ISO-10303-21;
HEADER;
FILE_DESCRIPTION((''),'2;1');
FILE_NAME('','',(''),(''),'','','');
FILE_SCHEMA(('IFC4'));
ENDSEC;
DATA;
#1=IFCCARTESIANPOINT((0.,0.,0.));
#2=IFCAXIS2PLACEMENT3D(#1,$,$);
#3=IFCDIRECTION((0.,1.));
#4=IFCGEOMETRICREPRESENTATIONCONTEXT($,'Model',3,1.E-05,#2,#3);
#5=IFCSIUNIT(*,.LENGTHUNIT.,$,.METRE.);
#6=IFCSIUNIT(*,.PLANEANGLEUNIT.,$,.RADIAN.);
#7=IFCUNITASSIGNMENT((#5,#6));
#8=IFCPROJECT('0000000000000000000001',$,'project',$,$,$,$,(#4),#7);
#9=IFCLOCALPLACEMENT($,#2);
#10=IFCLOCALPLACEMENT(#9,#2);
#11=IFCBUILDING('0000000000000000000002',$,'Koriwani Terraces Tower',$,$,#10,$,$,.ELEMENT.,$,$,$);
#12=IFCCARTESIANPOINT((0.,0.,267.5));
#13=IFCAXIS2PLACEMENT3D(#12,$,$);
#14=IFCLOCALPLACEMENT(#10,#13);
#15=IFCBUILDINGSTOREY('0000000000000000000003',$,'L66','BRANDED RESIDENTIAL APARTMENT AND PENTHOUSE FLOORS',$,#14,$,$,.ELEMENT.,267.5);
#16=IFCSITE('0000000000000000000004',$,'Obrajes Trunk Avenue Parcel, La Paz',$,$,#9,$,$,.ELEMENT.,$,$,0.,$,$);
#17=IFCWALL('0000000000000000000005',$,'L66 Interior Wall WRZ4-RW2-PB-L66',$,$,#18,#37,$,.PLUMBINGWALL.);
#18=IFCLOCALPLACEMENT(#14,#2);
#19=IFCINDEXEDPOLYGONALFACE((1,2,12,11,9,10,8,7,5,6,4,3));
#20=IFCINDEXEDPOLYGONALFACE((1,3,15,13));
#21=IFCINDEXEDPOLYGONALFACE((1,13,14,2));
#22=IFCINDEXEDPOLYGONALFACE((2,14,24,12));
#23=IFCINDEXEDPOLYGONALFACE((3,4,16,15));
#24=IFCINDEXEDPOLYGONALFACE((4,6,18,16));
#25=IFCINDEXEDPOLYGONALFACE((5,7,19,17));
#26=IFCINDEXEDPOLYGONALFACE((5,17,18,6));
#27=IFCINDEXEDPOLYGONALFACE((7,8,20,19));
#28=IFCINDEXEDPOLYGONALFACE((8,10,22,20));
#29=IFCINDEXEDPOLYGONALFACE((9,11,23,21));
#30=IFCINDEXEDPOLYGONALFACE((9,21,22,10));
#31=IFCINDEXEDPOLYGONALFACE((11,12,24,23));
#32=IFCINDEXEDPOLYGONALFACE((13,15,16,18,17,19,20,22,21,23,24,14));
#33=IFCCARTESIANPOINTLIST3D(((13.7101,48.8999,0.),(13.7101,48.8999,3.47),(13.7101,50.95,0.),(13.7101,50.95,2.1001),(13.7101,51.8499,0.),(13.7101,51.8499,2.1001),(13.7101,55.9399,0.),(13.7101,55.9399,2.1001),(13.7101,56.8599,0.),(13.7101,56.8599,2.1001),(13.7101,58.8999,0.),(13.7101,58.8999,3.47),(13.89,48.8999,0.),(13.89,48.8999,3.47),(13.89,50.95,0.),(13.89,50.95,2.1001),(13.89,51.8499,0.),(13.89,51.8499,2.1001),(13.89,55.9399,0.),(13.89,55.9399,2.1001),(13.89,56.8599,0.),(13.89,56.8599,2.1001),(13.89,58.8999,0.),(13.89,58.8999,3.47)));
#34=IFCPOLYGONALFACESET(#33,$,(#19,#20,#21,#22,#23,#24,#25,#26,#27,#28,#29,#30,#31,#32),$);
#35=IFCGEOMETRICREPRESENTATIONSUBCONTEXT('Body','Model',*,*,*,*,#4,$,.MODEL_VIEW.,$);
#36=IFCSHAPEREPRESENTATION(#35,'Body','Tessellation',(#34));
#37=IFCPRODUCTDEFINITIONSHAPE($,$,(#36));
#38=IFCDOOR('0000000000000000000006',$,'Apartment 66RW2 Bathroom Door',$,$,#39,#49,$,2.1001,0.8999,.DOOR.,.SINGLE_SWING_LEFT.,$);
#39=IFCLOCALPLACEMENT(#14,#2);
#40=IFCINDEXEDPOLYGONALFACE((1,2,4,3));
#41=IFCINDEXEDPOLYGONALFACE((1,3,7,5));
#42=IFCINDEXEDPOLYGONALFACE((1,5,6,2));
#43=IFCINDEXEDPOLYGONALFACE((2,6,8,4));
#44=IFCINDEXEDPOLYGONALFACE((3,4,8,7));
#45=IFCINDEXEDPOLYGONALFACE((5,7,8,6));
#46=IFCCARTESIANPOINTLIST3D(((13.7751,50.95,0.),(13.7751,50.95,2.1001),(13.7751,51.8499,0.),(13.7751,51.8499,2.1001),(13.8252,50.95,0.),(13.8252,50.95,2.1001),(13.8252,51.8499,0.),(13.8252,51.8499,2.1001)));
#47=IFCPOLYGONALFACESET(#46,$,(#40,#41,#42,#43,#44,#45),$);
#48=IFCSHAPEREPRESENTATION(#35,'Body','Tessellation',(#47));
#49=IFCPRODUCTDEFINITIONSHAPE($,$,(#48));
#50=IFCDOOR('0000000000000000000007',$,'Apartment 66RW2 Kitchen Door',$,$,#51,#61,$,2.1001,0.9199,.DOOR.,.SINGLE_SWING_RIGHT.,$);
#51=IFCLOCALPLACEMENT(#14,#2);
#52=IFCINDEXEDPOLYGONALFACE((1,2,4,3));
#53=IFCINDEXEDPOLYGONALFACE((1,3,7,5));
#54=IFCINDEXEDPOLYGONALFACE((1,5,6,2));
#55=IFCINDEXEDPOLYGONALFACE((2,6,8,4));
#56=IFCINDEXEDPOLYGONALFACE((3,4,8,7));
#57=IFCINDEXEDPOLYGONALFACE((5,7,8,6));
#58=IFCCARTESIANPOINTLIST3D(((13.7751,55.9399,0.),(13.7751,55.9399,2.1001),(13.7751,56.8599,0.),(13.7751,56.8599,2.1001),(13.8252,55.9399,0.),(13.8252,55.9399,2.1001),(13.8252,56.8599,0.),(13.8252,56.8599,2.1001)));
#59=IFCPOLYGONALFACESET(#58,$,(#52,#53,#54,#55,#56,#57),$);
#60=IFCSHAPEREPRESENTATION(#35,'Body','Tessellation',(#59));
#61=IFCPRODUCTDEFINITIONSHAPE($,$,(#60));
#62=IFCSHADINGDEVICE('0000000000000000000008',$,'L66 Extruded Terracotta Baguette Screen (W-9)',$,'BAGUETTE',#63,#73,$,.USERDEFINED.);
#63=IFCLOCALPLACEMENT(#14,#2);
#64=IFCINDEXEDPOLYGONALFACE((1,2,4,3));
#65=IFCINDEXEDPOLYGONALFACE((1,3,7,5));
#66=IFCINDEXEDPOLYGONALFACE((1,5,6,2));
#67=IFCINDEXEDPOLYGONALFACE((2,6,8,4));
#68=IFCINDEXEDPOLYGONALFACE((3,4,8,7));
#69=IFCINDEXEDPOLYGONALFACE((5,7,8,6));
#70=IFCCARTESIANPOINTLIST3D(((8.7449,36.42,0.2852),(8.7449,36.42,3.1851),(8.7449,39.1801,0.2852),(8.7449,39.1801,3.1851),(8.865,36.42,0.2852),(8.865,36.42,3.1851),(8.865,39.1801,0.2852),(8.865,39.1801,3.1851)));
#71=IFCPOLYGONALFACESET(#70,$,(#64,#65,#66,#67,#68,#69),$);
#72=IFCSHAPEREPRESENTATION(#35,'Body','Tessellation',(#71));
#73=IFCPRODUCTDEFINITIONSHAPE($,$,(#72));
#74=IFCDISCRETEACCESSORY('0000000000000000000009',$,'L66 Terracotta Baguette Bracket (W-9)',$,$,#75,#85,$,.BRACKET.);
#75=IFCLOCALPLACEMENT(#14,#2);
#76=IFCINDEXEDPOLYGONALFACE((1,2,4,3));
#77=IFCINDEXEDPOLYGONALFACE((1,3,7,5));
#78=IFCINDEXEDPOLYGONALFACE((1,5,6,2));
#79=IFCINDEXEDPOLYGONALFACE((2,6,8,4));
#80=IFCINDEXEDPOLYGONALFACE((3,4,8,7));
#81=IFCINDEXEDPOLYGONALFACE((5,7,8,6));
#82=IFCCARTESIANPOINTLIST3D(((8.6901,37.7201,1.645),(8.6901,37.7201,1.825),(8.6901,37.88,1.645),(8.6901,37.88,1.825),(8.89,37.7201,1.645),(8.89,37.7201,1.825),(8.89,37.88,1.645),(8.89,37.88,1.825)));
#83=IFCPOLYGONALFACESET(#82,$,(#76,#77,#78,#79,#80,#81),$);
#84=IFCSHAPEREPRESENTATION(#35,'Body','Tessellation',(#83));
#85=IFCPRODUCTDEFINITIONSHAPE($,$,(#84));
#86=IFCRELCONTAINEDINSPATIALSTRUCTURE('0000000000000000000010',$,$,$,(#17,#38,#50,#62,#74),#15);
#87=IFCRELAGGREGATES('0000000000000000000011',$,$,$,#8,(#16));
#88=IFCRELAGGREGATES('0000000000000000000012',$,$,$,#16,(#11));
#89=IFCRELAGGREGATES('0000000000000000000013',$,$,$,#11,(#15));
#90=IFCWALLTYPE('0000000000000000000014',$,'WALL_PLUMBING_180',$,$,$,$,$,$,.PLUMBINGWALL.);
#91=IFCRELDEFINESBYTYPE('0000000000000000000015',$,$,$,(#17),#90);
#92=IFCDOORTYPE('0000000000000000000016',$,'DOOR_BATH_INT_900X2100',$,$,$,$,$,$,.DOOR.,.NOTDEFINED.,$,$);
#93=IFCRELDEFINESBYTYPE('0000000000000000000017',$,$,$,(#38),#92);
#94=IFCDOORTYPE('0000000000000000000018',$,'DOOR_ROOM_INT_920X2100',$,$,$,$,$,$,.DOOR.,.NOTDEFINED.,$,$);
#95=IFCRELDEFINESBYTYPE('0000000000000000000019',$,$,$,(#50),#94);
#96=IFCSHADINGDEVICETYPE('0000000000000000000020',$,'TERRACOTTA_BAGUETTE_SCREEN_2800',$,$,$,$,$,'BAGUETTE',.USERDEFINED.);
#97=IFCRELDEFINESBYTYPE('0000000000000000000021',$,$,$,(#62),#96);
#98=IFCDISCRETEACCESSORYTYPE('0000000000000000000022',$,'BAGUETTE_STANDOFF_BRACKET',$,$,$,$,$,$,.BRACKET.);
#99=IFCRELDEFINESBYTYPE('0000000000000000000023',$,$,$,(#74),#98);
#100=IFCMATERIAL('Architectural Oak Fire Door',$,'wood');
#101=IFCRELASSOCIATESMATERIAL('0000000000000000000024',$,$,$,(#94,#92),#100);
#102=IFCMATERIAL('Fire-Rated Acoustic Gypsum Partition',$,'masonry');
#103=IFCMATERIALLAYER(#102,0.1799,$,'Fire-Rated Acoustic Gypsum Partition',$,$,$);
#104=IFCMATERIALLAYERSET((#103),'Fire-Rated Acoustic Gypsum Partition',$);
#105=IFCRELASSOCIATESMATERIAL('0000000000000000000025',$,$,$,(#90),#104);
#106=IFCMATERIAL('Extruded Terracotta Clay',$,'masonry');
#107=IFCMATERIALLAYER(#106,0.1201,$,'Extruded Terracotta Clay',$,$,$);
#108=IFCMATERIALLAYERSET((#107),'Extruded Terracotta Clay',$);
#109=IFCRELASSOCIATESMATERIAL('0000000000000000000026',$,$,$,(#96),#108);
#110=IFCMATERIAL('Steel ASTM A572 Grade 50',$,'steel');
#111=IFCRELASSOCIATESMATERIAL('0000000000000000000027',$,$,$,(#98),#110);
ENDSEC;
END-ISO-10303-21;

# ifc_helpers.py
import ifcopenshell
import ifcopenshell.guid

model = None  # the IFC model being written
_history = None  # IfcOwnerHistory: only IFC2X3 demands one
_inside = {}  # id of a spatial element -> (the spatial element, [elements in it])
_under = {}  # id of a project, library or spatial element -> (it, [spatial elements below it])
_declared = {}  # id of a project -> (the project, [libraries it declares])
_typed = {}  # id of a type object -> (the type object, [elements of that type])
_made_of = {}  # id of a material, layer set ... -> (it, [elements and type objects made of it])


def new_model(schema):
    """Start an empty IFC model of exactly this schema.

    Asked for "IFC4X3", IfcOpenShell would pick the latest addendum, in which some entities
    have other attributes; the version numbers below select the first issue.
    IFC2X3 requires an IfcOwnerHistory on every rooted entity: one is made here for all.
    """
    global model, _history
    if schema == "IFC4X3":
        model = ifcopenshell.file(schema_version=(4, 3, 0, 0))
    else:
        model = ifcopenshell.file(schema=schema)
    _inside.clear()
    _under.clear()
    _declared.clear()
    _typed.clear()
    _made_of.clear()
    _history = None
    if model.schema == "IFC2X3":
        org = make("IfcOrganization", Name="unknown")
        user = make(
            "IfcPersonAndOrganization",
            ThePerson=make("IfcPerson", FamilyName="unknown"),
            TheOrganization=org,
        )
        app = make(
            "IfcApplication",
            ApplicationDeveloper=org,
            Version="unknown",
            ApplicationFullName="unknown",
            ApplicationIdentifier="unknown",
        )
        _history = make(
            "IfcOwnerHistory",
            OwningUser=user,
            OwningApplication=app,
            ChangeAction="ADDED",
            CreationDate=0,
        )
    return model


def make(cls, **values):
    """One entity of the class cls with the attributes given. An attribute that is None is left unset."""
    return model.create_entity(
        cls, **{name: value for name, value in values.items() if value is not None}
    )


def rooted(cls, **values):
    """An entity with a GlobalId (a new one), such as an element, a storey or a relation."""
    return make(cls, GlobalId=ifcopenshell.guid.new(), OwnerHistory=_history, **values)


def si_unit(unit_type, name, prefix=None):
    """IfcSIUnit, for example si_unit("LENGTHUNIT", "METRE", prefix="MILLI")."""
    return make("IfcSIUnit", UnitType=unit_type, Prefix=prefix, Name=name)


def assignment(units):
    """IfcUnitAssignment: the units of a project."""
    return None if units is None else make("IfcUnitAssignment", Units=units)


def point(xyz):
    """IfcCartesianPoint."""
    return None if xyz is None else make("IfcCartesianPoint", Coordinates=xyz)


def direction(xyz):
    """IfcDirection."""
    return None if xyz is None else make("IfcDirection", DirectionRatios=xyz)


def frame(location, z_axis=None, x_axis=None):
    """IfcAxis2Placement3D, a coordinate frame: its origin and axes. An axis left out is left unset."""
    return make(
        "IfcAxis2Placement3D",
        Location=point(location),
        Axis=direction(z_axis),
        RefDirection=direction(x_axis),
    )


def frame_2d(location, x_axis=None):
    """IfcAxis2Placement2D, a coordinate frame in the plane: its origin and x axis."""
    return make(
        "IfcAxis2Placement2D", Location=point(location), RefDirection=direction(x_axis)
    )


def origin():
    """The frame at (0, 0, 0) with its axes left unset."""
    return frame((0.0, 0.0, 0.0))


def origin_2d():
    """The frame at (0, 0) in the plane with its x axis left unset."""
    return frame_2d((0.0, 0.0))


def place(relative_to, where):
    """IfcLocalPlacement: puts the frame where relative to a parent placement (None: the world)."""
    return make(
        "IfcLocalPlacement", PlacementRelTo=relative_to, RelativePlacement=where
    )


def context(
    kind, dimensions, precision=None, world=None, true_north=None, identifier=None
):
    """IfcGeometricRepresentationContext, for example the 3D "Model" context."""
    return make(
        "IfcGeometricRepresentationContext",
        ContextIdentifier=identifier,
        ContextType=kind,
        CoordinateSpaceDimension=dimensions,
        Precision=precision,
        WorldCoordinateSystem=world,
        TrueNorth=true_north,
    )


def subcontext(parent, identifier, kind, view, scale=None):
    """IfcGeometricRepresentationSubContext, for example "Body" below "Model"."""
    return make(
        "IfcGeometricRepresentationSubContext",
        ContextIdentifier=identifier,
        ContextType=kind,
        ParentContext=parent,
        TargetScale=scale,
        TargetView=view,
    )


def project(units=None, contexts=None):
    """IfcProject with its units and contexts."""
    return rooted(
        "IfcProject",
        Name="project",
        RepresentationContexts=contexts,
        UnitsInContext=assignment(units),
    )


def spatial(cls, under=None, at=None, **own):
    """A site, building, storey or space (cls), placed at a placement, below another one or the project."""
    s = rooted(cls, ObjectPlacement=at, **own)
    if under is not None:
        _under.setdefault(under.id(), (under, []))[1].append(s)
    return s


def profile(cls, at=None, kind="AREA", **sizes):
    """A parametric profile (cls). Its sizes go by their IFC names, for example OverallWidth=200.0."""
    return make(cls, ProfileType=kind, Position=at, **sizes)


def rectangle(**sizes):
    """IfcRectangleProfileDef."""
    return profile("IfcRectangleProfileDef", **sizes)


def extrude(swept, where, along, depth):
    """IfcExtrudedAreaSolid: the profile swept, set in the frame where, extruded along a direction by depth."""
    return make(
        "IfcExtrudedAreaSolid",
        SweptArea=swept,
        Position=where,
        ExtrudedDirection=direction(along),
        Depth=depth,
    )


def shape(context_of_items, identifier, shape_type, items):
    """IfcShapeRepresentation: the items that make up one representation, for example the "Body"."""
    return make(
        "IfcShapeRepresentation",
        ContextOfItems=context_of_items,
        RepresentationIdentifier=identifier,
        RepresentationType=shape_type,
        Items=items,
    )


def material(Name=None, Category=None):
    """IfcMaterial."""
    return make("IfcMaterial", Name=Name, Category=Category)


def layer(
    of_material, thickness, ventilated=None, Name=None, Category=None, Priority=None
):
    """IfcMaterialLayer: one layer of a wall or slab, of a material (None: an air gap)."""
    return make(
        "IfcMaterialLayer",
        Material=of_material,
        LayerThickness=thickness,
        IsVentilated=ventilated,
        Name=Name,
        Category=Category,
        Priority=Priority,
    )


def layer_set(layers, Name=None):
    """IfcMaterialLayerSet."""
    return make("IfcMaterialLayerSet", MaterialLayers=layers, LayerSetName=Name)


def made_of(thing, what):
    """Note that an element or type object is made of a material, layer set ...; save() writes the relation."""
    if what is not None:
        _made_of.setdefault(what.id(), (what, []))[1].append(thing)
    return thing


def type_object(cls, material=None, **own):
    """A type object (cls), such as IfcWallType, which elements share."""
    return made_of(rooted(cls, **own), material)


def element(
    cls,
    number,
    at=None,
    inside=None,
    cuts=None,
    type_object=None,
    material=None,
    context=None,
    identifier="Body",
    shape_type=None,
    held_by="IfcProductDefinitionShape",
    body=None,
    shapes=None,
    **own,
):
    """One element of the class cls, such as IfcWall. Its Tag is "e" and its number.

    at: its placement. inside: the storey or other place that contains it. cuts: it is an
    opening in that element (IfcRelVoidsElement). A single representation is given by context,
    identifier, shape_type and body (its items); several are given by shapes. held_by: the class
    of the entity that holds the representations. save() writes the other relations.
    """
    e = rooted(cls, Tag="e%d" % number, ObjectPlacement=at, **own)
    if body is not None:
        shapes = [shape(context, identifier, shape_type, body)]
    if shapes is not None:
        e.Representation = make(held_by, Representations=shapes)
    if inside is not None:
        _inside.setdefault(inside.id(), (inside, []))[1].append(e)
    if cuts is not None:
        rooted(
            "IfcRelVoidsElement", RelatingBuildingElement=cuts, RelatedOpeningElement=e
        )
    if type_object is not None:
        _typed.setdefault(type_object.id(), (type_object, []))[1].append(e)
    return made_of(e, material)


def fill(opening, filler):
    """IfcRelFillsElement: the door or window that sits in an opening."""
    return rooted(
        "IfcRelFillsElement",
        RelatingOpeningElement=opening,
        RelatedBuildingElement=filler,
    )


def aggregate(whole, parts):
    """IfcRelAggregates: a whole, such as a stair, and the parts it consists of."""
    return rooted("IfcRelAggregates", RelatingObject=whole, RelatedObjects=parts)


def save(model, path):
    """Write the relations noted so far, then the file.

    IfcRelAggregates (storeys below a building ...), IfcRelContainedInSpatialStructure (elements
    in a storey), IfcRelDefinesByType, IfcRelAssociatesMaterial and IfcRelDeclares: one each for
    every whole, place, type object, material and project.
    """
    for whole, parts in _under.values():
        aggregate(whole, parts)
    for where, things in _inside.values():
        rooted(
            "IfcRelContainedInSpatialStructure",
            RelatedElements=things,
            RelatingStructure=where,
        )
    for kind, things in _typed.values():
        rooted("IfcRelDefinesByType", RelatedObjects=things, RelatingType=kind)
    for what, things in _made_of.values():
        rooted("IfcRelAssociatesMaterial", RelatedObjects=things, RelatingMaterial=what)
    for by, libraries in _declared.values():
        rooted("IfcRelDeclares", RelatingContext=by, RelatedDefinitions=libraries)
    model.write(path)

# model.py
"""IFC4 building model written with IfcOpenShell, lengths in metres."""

from ifc_helpers import new_model, si_unit, direction, frame, frame_2d, origin, origin_2d, place, context, subcontext, project, spatial, rectangle, extrude, material, layer, layer_set, type_object, element, fill, save


model = new_model("IFC4")

# Units and contexts
model_context = context("Model", 3, precision=1e-05, world=origin(), true_north=direction((0.0, 1.0)))
body_context = subcontext(model_context, "Body", "Model", "MODEL_VIEW")
ifc_project = project(units=[si_unit("LENGTHUNIT", "METRE"), si_unit("PLANEANGLEUNIT", "RADIAN")], contexts=[model_context])

# Site, building, storey
site_placement = place(None, origin())
site = spatial("IfcSite", under=ifc_project, at=site_placement, Name="Obrajes Trunk Avenue Parcel, La Paz", CompositionType="ELEMENT", RefElevation=0.0)
building_placement = place(site_placement, origin())
building = spatial("IfcBuilding", under=site, at=building_placement, Name="Koriwani Terraces Tower", CompositionType="ELEMENT")
storey_placement = place(building_placement, frame((0.0, 0.0, 267.5)))
storey = spatial("IfcBuildingStorey", under=building, at=storey_placement, Name="L66", Description="BRANDED RESIDENTIAL APARTMENT AND PENTHOUSE FLOORS", CompositionType="ELEMENT", Elevation=267.5)

# Shared definitions
ifc_material_1 = material(Name="Steel ASTM A572 Grade 50", Category="steel")

# Shared definitions
ifc_material_2 = material(Name="Architectural Oak Fire Door", Category="wood")

# Shared definitions
ifc_material_3 = material(Name="Fire-Rated Acoustic Gypsum Partition", Category="masonry")
door_type_1 = type_object("IfcDoorType", Name="DOOR_ROOM_INT_920X2100", OperationType="NOTDEFINED", PredefinedType="DOOR", material=ifc_material_2)

# Shared definitions
ifc_layer_1 = layer(ifc_material_3, 0.1799, Name="Fire-Rated Acoustic Gypsum Partition")
ifc_layer_set_1 = layer_set([ifc_layer_1], Name="Fire-Rated Acoustic Gypsum Partition")
wall_type_1 = type_object("IfcWallType", Name="WALL_PLUMBING_180", PredefinedType="PLUMBINGWALL", material=ifc_layer_set_1)
door_type_2 = type_object("IfcDoorType", Name="DOOR_BATH_INT_900X2100", OperationType="NOTDEFINED", PredefinedType="DOOR", material=ifc_material_2)

# Wall, openings, doors
wall_1_placement = place(storey_placement, frame((13.8, 48.8999, 0.0), z_axis=(0.0, 0.0, 1.0), x_axis=(0.0, 1.0, 0.0)))
wall_1 = element("IfcWall", 1, at=wall_1_placement, inside=storey, type_object=wall_type_1, Name="L66 Interior Wall WRZ4-RW2-PB-L66", PredefinedType="PLUMBINGWALL", context=body_context, shape_type="SweptSolid", body=[
    extrude(rectangle(XDim=10.0, YDim=0.1799, at=frame_2d((5.0, 0.0))), origin(), (0.0, 0.0, 1.0), 3.47),
])
opening_1_placement = place(wall_1_placement, frame((2.05, 0.0, 0.0)))
opening_1 = element("IfcOpeningElement", 2, at=opening_1_placement, cuts=wall_1, PredefinedType="OPENING", context=body_context, shape_type="SweptSolid", body=[
    extrude(rectangle(XDim=0.8999, YDim=2.1001, at=frame_2d((0.45, 1.05))), frame((0.0, 0.1001, 0.0), z_axis=(0.0, -1.0, 0.0), x_axis=(1.0, 0.0, 0.0)), (0.0, 0.0, 1.0), 0.2),
])
opening_2_placement = place(wall_1_placement, frame((7.04, 0.0, 0.0)))
opening_2 = element("IfcOpeningElement", 3, at=opening_2_placement, cuts=wall_1, PredefinedType="OPENING", context=body_context, shape_type="SweptSolid", body=[
    extrude(rectangle(XDim=0.9199, YDim=2.1001, at=frame_2d((0.46, 1.05))), frame((0.0, 0.1001, 0.0), z_axis=(0.0, -1.0, 0.0), x_axis=(1.0, 0.0, 0.0)), (0.0, 0.0, 1.0), 0.2),
])
door_1_placement = place(opening_1_placement, origin())
door_1 = element("IfcDoor", 4, at=door_1_placement, inside=storey, type_object=door_type_2, Name="Apartment 66RW2 Bathroom Door", OperationType="SINGLE_SWING_LEFT", OverallHeight=2.1001, OverallWidth=0.8999, PredefinedType="DOOR", context=body_context, shape_type="SweptSolid", body=[
    extrude(rectangle(XDim=0.8999, YDim=2.1001, at=frame_2d((0.45, 1.05))), frame((0.0, 0.0249, 0.0), z_axis=(0.0, -1.0, 0.0), x_axis=(1.0, 0.0, 0.0)), (0.0, 0.0, 1.0), 0.05),
])
fill(opening_1, door_1)
door_2_placement = place(opening_2_placement, origin())
door_2 = element("IfcDoor", 5, at=door_2_placement, inside=storey, type_object=door_type_1, Name="Apartment 66RW2 Kitchen Door", OperationType="SINGLE_SWING_RIGHT", OverallHeight=2.1001, OverallWidth=0.9199, PredefinedType="DOOR", context=body_context, shape_type="SweptSolid", body=[
    extrude(rectangle(XDim=0.9199, YDim=2.1001, at=frame_2d((0.46, 1.05))), frame((0.0, 0.0249, 0.0), z_axis=(0.0, -1.0, 0.0), x_axis=(1.0, 0.0, 0.0)), (0.0, 0.0, 1.0), 0.05),
])
fill(opening_2, door_2)

# Shading device
ifc_material_4 = material(Name="Extruded Terracotta Clay", Category="masonry")
ifc_layer_2 = layer(ifc_material_4, 0.1201, Name="Extruded Terracotta Clay")
ifc_layer_set_2 = layer_set([ifc_layer_2], Name="Extruded Terracotta Clay")
shading_device_type = type_object("IfcShadingDeviceType", Name="TERRACOTTA_BAGUETTE_SCREEN_2800", ElementType="BAGUETTE", PredefinedType="USERDEFINED", material=ifc_layer_set_2)
shading_device_placement = place(storey_placement, frame((8.8049, 37.8, 0.2852), z_axis=(0.0, 0.0, 1.0), x_axis=(0.0, 1.0, 0.0)))
element("IfcShadingDevice", 6, at=shading_device_placement, inside=storey, type_object=shading_device_type, Name="L66 Extruded Terracotta Baguette Screen (W-9)", ObjectType="BAGUETTE", PredefinedType="USERDEFINED", context=body_context, shape_type="SweptSolid", body=[
    extrude(rectangle(XDim=2.76, YDim=0.1201, at=origin_2d()), origin(), (0.0, 0.0, 1.0), 2.8999),
])

# Discrete accessory
discrete_accessory_type = type_object("IfcDiscreteAccessoryType", Name="BAGUETTE_STANDOFF_BRACKET", PredefinedType="BRACKET", material=ifc_material_1)
discrete_accessory_placement = place(storey_placement, frame((8.79, 37.8, 1.645), z_axis=(0.0, 0.0, 1.0), x_axis=(0.0, 1.0, 0.0)))
element("IfcDiscreteAccessory", 7, at=discrete_accessory_placement, inside=storey, type_object=discrete_accessory_type, Name="L66 Terracotta Baguette Bracket (W-9)", PredefinedType="BRACKET", context=body_context, shape_type="SweptSolid", body=[
    extrude(rectangle(XDim=0.1599, YDim=0.2, at=origin_2d()), origin(), (0.0, 0.0, 1.0), 0.1799),
])

save(model, "model.ifc")
